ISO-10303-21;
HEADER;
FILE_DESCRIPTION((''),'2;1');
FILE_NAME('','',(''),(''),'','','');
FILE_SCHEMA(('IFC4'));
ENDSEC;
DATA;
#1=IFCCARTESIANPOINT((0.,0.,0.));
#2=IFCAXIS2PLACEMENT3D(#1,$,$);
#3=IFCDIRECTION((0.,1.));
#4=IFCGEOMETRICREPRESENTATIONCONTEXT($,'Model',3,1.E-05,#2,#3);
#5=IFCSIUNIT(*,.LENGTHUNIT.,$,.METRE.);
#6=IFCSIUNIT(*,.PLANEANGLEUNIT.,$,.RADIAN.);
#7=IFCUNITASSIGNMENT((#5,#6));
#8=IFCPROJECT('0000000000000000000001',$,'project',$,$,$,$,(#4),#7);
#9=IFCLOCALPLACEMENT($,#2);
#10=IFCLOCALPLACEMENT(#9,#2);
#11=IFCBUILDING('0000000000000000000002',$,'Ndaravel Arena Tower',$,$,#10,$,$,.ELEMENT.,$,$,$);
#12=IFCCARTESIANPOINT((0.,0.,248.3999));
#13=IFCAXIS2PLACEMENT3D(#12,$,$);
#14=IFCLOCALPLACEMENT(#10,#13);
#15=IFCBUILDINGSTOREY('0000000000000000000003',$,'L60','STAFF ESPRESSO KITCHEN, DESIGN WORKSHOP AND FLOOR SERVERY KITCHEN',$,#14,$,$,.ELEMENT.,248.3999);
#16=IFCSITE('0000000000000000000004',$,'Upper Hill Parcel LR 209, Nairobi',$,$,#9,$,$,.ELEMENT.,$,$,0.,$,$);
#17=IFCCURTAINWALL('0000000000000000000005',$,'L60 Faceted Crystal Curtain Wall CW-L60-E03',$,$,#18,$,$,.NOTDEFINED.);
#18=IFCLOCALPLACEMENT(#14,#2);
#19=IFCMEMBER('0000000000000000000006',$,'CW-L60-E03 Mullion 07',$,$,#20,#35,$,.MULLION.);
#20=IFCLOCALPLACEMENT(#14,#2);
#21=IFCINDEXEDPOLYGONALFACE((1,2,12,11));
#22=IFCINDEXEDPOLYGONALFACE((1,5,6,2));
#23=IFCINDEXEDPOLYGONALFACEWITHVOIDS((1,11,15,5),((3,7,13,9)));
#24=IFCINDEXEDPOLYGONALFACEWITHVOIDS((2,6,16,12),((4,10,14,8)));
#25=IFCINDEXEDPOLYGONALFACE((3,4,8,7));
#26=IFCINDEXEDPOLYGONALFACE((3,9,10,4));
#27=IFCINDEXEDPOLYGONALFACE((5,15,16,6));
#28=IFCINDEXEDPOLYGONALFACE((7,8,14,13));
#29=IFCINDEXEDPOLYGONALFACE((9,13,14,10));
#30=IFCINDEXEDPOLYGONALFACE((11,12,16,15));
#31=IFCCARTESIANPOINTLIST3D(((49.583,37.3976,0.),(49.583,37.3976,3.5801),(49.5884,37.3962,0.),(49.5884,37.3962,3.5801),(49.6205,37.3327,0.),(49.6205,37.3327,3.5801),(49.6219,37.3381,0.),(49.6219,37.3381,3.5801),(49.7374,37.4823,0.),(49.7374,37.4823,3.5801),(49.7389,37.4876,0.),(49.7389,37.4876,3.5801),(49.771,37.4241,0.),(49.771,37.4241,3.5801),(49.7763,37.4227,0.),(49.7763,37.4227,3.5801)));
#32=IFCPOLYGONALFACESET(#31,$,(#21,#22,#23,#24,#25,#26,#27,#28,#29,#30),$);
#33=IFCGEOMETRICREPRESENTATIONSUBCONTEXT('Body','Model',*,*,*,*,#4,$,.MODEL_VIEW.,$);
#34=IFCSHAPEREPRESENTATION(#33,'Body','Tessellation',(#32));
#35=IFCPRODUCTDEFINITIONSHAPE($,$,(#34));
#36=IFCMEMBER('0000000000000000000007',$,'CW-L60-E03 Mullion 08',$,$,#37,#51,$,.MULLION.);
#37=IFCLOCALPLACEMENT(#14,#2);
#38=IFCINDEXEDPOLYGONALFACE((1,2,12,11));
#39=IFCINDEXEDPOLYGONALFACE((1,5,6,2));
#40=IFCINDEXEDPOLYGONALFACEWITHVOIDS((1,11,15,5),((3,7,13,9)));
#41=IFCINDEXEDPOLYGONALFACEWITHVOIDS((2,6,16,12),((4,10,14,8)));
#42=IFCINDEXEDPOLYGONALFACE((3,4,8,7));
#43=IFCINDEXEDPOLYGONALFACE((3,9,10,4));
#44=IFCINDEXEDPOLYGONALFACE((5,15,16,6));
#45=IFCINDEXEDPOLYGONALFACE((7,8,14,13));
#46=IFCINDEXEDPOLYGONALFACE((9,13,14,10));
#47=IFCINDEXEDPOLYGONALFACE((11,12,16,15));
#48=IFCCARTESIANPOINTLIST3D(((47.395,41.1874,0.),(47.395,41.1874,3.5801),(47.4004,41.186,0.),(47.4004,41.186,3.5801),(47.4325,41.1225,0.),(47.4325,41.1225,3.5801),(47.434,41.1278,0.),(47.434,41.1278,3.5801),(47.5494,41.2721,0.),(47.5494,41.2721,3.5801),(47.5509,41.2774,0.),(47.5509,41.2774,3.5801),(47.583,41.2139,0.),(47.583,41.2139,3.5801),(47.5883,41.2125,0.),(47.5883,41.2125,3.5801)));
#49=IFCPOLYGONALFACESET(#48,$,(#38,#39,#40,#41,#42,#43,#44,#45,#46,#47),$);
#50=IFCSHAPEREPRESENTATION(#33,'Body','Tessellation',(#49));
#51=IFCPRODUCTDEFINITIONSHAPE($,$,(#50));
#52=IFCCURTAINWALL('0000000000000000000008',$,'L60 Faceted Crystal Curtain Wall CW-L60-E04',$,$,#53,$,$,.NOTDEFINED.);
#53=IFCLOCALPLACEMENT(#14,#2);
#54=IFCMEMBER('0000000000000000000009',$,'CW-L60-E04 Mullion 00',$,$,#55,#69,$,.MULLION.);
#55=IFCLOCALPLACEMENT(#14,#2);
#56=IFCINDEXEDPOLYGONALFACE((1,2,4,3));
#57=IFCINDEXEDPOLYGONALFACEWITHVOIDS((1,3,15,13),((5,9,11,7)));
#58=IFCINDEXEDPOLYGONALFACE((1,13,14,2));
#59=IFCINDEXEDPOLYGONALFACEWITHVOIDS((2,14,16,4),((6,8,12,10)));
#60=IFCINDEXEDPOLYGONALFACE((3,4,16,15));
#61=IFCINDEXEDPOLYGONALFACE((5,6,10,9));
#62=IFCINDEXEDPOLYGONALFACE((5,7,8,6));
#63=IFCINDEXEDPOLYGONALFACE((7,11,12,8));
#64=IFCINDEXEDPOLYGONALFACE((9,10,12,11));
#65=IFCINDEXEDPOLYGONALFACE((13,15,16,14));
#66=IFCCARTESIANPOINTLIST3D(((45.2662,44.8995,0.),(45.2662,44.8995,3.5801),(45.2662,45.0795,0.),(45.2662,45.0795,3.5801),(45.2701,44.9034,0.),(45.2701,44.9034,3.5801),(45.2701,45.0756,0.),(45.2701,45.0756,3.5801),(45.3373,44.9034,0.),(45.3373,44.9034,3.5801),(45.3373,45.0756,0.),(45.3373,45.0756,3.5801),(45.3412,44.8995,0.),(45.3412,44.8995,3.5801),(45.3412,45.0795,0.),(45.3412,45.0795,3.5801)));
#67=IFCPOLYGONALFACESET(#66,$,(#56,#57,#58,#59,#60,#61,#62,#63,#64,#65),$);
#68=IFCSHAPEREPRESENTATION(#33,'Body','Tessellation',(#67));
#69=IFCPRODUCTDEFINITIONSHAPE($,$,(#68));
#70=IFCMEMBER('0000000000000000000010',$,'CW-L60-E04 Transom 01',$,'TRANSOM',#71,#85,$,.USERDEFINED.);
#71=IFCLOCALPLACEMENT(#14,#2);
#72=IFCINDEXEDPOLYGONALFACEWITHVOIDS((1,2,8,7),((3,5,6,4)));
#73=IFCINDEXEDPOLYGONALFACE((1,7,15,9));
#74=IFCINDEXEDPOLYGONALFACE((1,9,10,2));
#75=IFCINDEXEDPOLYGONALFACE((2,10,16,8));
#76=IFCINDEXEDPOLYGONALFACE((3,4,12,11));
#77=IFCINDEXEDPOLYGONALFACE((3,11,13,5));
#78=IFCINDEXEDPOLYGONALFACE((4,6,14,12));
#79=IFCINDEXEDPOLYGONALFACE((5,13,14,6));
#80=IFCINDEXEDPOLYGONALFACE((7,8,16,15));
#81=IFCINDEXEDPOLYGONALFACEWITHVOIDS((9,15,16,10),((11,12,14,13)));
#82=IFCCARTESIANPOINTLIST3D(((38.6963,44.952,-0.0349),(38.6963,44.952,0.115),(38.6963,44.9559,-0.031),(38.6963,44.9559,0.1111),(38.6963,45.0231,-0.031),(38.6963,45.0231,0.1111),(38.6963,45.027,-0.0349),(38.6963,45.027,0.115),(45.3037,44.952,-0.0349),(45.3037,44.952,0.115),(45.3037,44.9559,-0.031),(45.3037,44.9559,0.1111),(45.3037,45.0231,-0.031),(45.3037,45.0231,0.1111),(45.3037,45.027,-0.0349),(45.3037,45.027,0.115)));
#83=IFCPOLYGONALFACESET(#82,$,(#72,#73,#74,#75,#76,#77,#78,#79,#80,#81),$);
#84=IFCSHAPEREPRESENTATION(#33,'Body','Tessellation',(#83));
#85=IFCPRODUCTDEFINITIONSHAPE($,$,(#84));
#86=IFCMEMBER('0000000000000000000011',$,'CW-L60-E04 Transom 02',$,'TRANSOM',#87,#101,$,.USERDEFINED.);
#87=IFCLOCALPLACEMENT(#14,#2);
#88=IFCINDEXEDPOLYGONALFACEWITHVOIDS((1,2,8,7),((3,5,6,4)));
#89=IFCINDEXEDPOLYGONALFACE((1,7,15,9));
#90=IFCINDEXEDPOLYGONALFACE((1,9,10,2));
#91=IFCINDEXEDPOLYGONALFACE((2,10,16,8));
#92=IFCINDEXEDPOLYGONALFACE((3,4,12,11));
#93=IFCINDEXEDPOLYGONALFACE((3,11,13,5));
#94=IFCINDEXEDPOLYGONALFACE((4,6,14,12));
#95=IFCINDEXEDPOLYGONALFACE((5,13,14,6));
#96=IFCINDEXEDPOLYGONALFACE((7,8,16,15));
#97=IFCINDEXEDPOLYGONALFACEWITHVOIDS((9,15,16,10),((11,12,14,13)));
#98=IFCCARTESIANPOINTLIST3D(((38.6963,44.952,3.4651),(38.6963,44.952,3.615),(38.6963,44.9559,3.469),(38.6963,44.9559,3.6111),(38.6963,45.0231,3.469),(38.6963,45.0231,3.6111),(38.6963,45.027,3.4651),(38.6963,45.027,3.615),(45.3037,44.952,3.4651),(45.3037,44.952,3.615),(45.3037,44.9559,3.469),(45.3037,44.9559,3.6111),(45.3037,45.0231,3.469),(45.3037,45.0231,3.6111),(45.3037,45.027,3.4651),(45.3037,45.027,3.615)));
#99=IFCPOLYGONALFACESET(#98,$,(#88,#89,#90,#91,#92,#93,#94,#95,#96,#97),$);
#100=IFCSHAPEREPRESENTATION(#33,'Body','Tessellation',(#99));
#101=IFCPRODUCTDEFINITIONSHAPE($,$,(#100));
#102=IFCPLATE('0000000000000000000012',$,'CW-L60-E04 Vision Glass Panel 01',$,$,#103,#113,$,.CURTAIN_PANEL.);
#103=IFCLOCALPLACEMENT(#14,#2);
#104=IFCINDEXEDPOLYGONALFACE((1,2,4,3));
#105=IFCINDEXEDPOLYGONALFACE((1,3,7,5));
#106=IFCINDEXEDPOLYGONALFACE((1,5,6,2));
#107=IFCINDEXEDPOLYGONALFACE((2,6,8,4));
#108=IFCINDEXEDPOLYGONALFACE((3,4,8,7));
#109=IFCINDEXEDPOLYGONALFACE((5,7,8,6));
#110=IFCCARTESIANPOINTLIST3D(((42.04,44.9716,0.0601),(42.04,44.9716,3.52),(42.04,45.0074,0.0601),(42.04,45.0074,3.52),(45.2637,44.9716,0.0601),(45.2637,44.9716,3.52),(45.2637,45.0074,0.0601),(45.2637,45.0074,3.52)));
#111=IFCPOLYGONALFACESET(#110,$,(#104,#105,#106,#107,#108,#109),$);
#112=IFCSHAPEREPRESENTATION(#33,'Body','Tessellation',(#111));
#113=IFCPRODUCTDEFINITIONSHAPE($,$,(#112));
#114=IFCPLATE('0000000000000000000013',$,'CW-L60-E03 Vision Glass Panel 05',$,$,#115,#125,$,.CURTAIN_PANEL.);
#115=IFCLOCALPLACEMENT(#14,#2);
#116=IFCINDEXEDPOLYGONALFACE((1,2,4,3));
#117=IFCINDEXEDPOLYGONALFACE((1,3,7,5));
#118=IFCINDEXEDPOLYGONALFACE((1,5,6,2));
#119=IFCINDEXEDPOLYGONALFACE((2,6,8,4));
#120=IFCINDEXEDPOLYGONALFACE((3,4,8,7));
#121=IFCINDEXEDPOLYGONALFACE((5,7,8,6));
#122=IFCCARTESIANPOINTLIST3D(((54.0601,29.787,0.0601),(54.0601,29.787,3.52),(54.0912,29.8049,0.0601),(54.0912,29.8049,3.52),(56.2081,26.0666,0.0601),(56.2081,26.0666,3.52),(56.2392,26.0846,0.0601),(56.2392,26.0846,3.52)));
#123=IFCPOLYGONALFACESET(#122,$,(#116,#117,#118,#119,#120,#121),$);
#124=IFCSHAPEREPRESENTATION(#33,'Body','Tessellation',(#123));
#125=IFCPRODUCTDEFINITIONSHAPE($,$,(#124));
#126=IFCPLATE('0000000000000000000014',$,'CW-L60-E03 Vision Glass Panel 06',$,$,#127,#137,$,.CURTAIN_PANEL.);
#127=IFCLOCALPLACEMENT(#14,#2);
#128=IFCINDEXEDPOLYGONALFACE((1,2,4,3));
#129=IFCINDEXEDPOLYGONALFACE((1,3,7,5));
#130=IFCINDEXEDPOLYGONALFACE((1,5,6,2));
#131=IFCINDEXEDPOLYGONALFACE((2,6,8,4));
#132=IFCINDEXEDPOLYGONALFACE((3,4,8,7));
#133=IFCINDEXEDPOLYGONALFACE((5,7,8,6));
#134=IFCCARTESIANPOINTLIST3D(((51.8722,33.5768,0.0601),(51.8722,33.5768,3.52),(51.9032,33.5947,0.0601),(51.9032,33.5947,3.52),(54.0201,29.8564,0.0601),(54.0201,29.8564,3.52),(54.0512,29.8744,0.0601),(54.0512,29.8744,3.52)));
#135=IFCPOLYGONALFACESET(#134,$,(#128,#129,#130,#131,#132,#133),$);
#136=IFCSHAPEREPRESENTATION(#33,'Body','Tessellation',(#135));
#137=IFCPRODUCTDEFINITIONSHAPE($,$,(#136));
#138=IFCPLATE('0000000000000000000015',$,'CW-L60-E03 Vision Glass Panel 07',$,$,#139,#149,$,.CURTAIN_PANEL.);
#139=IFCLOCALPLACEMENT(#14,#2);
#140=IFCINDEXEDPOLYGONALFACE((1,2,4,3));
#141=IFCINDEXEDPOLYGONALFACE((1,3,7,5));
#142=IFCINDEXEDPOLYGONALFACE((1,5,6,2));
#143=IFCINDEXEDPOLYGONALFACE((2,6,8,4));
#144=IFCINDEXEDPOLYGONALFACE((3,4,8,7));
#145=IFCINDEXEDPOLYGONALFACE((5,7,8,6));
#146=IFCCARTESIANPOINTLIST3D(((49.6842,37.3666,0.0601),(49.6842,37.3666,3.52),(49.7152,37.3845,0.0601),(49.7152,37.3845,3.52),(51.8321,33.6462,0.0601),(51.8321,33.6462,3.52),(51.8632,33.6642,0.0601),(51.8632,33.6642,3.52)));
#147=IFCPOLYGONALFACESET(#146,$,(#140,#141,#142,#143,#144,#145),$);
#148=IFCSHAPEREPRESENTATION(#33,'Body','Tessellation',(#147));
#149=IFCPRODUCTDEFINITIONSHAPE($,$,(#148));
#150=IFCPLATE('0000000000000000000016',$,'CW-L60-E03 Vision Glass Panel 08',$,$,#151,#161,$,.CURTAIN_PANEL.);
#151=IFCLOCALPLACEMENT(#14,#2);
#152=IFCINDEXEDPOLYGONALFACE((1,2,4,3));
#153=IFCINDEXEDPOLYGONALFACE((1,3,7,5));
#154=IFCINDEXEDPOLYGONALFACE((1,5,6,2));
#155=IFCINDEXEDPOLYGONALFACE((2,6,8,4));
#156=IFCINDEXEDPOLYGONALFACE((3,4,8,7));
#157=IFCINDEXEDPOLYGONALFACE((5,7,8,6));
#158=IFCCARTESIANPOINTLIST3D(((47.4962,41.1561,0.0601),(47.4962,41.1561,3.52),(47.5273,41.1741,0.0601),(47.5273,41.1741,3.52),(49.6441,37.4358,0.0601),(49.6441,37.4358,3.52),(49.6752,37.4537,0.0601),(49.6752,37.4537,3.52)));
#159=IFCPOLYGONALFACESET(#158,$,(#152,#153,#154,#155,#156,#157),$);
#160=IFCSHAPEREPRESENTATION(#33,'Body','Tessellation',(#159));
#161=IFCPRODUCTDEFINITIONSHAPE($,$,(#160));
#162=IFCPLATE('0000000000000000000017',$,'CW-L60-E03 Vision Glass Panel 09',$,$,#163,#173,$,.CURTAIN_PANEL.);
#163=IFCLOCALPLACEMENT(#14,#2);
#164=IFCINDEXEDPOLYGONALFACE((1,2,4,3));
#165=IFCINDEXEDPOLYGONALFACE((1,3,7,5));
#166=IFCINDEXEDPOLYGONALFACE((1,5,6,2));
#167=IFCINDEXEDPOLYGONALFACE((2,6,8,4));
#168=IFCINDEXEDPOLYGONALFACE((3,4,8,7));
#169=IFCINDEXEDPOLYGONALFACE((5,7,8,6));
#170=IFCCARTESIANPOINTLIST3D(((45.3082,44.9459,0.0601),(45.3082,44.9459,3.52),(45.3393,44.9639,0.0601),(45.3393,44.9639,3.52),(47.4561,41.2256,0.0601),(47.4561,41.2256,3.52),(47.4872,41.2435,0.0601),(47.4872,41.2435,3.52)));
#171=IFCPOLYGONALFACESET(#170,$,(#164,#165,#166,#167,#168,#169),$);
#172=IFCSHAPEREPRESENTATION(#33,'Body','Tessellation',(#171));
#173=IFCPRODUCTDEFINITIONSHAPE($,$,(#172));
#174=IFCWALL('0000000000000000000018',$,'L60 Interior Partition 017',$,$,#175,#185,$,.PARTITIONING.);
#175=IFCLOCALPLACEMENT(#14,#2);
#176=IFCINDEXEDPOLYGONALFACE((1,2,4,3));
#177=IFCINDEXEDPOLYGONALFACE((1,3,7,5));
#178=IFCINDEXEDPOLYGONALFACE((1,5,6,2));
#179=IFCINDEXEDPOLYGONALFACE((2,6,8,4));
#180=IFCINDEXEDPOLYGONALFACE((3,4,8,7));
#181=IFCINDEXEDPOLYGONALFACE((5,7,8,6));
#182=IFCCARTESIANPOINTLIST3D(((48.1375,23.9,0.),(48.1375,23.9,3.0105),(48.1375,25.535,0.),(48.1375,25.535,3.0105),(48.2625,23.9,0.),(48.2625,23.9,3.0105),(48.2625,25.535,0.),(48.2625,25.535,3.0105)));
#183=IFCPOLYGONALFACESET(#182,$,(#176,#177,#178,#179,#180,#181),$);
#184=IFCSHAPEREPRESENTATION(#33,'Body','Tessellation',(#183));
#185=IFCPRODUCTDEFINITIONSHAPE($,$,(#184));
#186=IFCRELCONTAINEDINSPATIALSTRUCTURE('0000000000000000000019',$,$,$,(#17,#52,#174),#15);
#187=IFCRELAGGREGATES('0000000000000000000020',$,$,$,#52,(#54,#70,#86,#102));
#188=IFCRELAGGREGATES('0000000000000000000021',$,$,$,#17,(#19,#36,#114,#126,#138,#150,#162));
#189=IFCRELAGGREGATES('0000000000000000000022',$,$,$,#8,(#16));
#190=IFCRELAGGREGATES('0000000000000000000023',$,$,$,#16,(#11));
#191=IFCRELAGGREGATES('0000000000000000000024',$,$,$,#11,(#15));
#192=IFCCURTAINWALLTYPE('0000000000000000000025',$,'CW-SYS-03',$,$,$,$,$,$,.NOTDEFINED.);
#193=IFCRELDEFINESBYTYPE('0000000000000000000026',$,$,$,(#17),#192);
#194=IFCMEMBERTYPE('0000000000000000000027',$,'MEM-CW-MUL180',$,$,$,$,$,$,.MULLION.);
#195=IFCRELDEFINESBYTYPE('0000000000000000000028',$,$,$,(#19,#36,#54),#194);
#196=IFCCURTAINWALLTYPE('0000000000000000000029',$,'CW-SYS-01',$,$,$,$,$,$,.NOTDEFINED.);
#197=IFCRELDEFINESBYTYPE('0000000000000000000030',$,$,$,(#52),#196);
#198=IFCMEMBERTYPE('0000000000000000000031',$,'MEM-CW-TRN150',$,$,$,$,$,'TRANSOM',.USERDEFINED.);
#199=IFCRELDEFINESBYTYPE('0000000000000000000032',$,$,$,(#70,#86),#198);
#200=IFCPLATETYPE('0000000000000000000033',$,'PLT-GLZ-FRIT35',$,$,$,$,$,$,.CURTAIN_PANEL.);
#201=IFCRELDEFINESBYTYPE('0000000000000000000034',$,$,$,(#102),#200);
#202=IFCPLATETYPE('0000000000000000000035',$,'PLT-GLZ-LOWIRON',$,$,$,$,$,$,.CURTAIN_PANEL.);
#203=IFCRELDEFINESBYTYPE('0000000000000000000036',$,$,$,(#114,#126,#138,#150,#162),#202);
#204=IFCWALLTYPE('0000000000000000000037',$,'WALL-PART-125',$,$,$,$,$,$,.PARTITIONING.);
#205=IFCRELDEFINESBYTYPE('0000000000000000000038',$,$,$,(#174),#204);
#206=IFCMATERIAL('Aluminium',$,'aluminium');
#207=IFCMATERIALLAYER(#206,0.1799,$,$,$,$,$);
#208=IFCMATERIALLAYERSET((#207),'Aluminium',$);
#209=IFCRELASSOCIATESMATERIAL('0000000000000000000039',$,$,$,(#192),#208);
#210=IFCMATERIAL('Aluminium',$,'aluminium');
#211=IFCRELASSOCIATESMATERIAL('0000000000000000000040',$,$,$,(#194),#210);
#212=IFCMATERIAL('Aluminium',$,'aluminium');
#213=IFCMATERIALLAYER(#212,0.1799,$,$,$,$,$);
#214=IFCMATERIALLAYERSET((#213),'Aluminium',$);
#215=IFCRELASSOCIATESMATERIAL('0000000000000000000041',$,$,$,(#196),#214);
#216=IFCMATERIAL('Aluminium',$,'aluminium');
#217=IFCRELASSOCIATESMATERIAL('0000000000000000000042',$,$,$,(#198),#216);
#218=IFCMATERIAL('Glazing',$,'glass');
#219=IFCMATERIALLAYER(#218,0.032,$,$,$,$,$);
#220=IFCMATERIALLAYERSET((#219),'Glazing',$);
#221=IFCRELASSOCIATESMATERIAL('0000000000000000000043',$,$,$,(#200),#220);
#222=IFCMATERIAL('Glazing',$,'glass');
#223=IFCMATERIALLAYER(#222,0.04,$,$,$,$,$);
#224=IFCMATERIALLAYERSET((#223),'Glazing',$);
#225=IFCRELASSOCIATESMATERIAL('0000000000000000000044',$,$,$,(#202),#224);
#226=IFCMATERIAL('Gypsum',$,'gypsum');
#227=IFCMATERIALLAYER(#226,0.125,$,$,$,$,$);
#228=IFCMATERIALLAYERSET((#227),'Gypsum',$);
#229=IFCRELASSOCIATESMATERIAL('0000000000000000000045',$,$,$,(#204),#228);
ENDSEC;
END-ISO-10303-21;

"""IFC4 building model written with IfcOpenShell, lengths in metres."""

from ifc_helpers import new_model, si_unit, direction, frame, frame_2d, origin, origin_2d, place, context, subcontext, project, spatial, rectangle, hollow_rectangle, extrude, material, layer, layer_set, material_profile, profile_set, type_object, element, aggregate, save


model = new_model("IFC4")

# Units and contexts
model_context = context("Model", 3, precision=1e-05, world=origin(), true_north=direction((0.0, 1.0)))
body_context = subcontext(model_context, "Body", "Model", "MODEL_VIEW")
ifc_project = project(units=[si_unit("LENGTHUNIT", "METRE"), si_unit("PLANEANGLEUNIT", "RADIAN")], contexts=[model_context])

# Site, building, storey
site_placement = place(None, origin())
site = spatial("IfcSite", under=ifc_project, at=site_placement, Name="Upper Hill Parcel LR 209, Nairobi", CompositionType="ELEMENT", RefElevation=0.0)
building_placement = place(site_placement, origin())
building = spatial("IfcBuilding", under=site, at=building_placement, Name="Ndaravel Arena Tower", CompositionType="ELEMENT")
storey_placement = place(building_placement, frame((0.0, 0.0, 248.3999)))
storey = spatial("IfcBuildingStorey", under=building, at=storey_placement, Name="L60", Description="STAFF ESPRESSO KITCHEN, DESIGN WORKSHOP AND FLOOR SERVERY KITCHEN", CompositionType="ELEMENT", Elevation=248.3999)

# Curtain wall, members
ifc_material_1 = material(Name="Aluminium", Category="aluminium")
ifc_layer_1 = layer(ifc_material_1, 0.1799)
ifc_layer_set_1 = layer_set([ifc_layer_1], Name="Aluminium")
curtain_wall_type_1 = type_object("IfcCurtainWallType", Name="CW-SYS-03", PredefinedType="NOTDEFINED", material=ifc_layer_set_1)
curtain_wall_1_placement = place(storey_placement, origin())
curtain_wall_1 = element("IfcCurtainWall", 1, at=curtain_wall_1_placement, inside=storey, type_object=curtain_wall_type_1, Name="L60 Faceted Crystal Curtain Wall CW-L60-E03", PredefinedType="NOTDEFINED")
ifc_material_2 = material(Name="Aluminium", Category="aluminium")
ifc_material_profile_1 = material_profile(ifc_material_2, hollow_rectangle(XDim=0.075, YDim=0.1799, WallThickness=0.0039, at=origin_2d()), Name="CW MULLION 75x180x4")
ifc_profile_set_1 = profile_set([ifc_material_profile_1], Name="Aluminium")
member_type_1 = type_object("IfcMemberType", Name="MEM-CW-MUL180", PredefinedType="MULLION", material=ifc_profile_set_1)
member_1_placement = place(storey_placement, frame((49.6797, 37.4102, 0.0), z_axis=(0.0, 0.0, 1.0), x_axis=(-0.5, 0.866025, 0.0)))
member_1 = element("IfcMember", 2, at=member_1_placement, type_object=member_type_1, Name="CW-L60-E03 Mullion 07", PredefinedType="MULLION", context=body_context, shape_type="SweptSolid", body=[
    extrude(hollow_rectangle(XDim=0.075, YDim=0.1799, WallThickness=0.0039, at=origin_2d()), origin(), (0.0, 0.0, 1.0), 3.5801),
])
member_2_placement = place(storey_placement, frame((47.4917, 41.2, 0.0), z_axis=(0.0, 0.0, 1.0), x_axis=(-0.5, 0.866025, 0.0)))
member_2 = element("IfcMember", 3, at=member_2_placement, type_object=member_type_1, Name="CW-L60-E03 Mullion 08", PredefinedType="MULLION", context=body_context, shape_type="SweptSolid", body=[
    extrude(hollow_rectangle(XDim=0.075, YDim=0.1799, WallThickness=0.0039, at=origin_2d()), origin(), (0.0, 0.0, 1.0), 3.5801),
])

# Curtain wall, members, plate
ifc_material_3 = material(Name="Aluminium", Category="aluminium")
ifc_layer_2 = layer(ifc_material_3, 0.1799)
ifc_layer_set_2 = layer_set([ifc_layer_2], Name="Aluminium")
curtain_wall_type_2 = type_object("IfcCurtainWallType", Name="CW-SYS-01", PredefinedType="NOTDEFINED", material=ifc_layer_set_2)
curtain_wall_2_placement = place(storey_placement, origin())
curtain_wall_2 = element("IfcCurtainWall", 4, at=curtain_wall_2_placement, inside=storey, type_object=curtain_wall_type_2, Name="L60 Faceted Crystal Curtain Wall CW-L60-E04", PredefinedType="NOTDEFINED")
member_3_placement = place(storey_placement, frame((45.3037, 44.9895, 0.0), z_axis=(0.0, 0.0, 1.0), x_axis=(-1.0, 0.0, 0.0)))
member_3 = element("IfcMember", 5, at=member_3_placement, type_object=member_type_1, Name="CW-L60-E04 Mullion 00", PredefinedType="MULLION", context=body_context, shape_type="SweptSolid", body=[
    extrude(hollow_rectangle(XDim=0.075, YDim=0.1799, WallThickness=0.0039, at=origin_2d()), origin(), (0.0, 0.0, 1.0), 3.5801),
])
ifc_material_4 = material(Name="Aluminium", Category="aluminium")
ifc_material_profile_2 = material_profile(ifc_material_4, hollow_rectangle(XDim=0.075, YDim=0.1499, WallThickness=0.0039, at=origin_2d()), Name="CW TRANSOM 75x150x4")
ifc_profile_set_2 = profile_set([ifc_material_profile_2], Name="Aluminium")
member_type_2 = type_object("IfcMemberType", Name="MEM-CW-TRN150", ElementType="TRANSOM", PredefinedType="USERDEFINED", material=ifc_profile_set_2)
member_4_placement = place(storey_placement, frame((45.3037, 44.9895, 0.04), z_axis=(-1.0, 0.0, 0.0), x_axis=(0.0, -1.0, 0.0)))
member_4 = element("IfcMember", 6, at=member_4_placement, type_object=member_type_2, Name="CW-L60-E04 Transom 01", ObjectType="TRANSOM", PredefinedType="USERDEFINED", context=body_context, shape_type="SweptSolid", body=[
    extrude(hollow_rectangle(XDim=0.075, YDim=0.1499, WallThickness=0.0039, at=origin_2d()), origin(), (0.0, 0.0, 1.0), 6.6074),
])
member_5_placement = place(storey_placement, frame((45.3037, 44.9895, 3.54), z_axis=(-1.0, 0.0, 0.0), x_axis=(0.0, -1.0, 0.0)))
member_5 = element("IfcMember", 7, at=member_5_placement, type_object=member_type_2, Name="CW-L60-E04 Transom 02", ObjectType="TRANSOM", PredefinedType="USERDEFINED", context=body_context, shape_type="SweptSolid", body=[
    extrude(hollow_rectangle(XDim=0.075, YDim=0.1499, WallThickness=0.0039, at=origin_2d()), origin(), (0.0, 0.0, 1.0), 6.6074),
])
ifc_material_5 = material(Name="Glazing", Category="glass")
ifc_layer_3 = layer(ifc_material_5, 0.032)
ifc_layer_set_3 = layer_set([ifc_layer_3], Name="Glazing")
plate_type_1 = type_object("IfcPlateType", Name="PLT-GLZ-FRIT35", PredefinedType="CURTAIN_PANEL", material=ifc_layer_set_3)
plate_1_placement = place(storey_placement, frame((43.6519, 44.9895, 0.0601), z_axis=(0.0, 0.0, 1.0), x_axis=(-1.0, 0.0, 0.0)))
plate_1 = element("IfcPlate", 8, at=plate_1_placement, type_object=plate_type_1, Name="CW-L60-E04 Vision Glass Panel 01", PredefinedType="CURTAIN_PANEL", context=body_context, shape_type="SweptSolid", body=[
    extrude(rectangle(XDim=3.2236, YDim=0.0359, at=origin_2d()), origin(), (0.0, 0.0, 1.0), 3.46),
])
aggregate(curtain_wall_2, [member_3, member_4, member_5, plate_1])

# Plates
ifc_material_6 = material(Name="Glazing", Category="glass")
ifc_layer_4 = layer(ifc_material_6, 0.04)
ifc_layer_set_4 = layer_set([ifc_layer_4], Name="Glazing")
plate_type_2 = type_object("IfcPlateType", Name="PLT-GLZ-LOWIRON", PredefinedType="CURTAIN_PANEL", material=ifc_layer_set_4)
plate_2_placement = place(storey_placement, frame((55.1497, 27.9358, 0.0601), z_axis=(0.0, 0.0, 1.0), x_axis=(-0.5, 0.866025, 0.0)))
plate_2 = element("IfcPlate", 9, at=plate_2_placement, type_object=plate_type_2, Name="CW-L60-E03 Vision Glass Panel 05", PredefinedType="CURTAIN_PANEL", context=body_context, shape_type="SweptSolid", body=[
    extrude(rectangle(XDim=4.2959, YDim=0.0359, at=origin_2d()), origin(), (0.0, 0.0, 1.0), 3.46),
])
plate_3_placement = place(storey_placement, frame((52.9617, 31.7256, 0.0601), z_axis=(0.0, 0.0, 1.0), x_axis=(-0.5, 0.866025, 0.0)))
plate_3 = element("IfcPlate", 10, at=plate_3_placement, type_object=plate_type_2, Name="CW-L60-E03 Vision Glass Panel 06", PredefinedType="CURTAIN_PANEL", context=body_context, shape_type="SweptSolid", body=[
    extrude(rectangle(XDim=4.2959, YDim=0.0359, at=origin_2d()), origin(), (0.0, 0.0, 1.0), 3.46),
])
plate_4_placement = place(storey_placement, frame((50.7737, 35.5154, 0.0601), z_axis=(0.0, 0.0, 1.0), x_axis=(-0.5, 0.866025, 0.0)))
plate_4 = element("IfcPlate", 11, at=plate_4_placement, type_object=plate_type_2, Name="CW-L60-E03 Vision Glass Panel 07", PredefinedType="CURTAIN_PANEL", context=body_context, shape_type="SweptSolid", body=[
    extrude(rectangle(XDim=4.2959, YDim=0.0359, at=origin_2d()), origin(), (0.0, 0.0, 1.0), 3.46),
])
plate_5_placement = place(storey_placement, frame((48.5857, 39.3049, 0.0601), z_axis=(0.0, 0.0, 1.0), x_axis=(-0.5, 0.866025, 0.0)))
plate_5 = element("IfcPlate", 12, at=plate_5_placement, type_object=plate_type_2, Name="CW-L60-E03 Vision Glass Panel 08", PredefinedType="CURTAIN_PANEL", context=body_context, shape_type="SweptSolid", body=[
    extrude(rectangle(XDim=4.2959, YDim=0.0359, at=origin_2d()), origin(), (0.0, 0.0, 1.0), 3.46),
])
plate_6_placement = place(storey_placement, frame((46.3977, 43.0947, 0.0601), z_axis=(0.0, 0.0, 1.0), x_axis=(-0.5, 0.866025, 0.0)))
plate_6 = element("IfcPlate", 13, at=plate_6_placement, type_object=plate_type_2, Name="CW-L60-E03 Vision Glass Panel 09", PredefinedType="CURTAIN_PANEL", context=body_context, shape_type="SweptSolid", body=[
    extrude(rectangle(XDim=4.2959, YDim=0.0359, at=origin_2d()), origin(), (0.0, 0.0, 1.0), 3.46),
])
aggregate(curtain_wall_1, [member_1, member_2, plate_2, plate_3, plate_4, plate_5, plate_6])

# Wall
ifc_material_7 = material(Name="Gypsum", Category="gypsum")
ifc_layer_5 = layer(ifc_material_7, 0.125)
ifc_layer_set_5 = layer_set([ifc_layer_5], Name="Gypsum")
wall_type_1 = type_object("IfcWallType", Name="WALL-PART-125", PredefinedType="PARTITIONING", material=ifc_layer_set_5)
wall_1_placement = place(storey_placement, frame((48.2, 25.5349, 0.0), z_axis=(0.0, 0.0, 1.0), x_axis=(0.0, -1.0, 0.0)))
element("IfcWall", 14, at=wall_1_placement, inside=storey, type_object=wall_type_1, Name="L60 Interior Partition 017", PredefinedType="PARTITIONING", context=body_context, shape_type="SweptSolid", body=[
    extrude(rectangle(XDim=1.635, YDim=0.125, at=frame_2d((0.8174, 0.0))), origin(), (0.0, 0.0, 1.0), 3.0105),
])

save(model, "model.ifc")
